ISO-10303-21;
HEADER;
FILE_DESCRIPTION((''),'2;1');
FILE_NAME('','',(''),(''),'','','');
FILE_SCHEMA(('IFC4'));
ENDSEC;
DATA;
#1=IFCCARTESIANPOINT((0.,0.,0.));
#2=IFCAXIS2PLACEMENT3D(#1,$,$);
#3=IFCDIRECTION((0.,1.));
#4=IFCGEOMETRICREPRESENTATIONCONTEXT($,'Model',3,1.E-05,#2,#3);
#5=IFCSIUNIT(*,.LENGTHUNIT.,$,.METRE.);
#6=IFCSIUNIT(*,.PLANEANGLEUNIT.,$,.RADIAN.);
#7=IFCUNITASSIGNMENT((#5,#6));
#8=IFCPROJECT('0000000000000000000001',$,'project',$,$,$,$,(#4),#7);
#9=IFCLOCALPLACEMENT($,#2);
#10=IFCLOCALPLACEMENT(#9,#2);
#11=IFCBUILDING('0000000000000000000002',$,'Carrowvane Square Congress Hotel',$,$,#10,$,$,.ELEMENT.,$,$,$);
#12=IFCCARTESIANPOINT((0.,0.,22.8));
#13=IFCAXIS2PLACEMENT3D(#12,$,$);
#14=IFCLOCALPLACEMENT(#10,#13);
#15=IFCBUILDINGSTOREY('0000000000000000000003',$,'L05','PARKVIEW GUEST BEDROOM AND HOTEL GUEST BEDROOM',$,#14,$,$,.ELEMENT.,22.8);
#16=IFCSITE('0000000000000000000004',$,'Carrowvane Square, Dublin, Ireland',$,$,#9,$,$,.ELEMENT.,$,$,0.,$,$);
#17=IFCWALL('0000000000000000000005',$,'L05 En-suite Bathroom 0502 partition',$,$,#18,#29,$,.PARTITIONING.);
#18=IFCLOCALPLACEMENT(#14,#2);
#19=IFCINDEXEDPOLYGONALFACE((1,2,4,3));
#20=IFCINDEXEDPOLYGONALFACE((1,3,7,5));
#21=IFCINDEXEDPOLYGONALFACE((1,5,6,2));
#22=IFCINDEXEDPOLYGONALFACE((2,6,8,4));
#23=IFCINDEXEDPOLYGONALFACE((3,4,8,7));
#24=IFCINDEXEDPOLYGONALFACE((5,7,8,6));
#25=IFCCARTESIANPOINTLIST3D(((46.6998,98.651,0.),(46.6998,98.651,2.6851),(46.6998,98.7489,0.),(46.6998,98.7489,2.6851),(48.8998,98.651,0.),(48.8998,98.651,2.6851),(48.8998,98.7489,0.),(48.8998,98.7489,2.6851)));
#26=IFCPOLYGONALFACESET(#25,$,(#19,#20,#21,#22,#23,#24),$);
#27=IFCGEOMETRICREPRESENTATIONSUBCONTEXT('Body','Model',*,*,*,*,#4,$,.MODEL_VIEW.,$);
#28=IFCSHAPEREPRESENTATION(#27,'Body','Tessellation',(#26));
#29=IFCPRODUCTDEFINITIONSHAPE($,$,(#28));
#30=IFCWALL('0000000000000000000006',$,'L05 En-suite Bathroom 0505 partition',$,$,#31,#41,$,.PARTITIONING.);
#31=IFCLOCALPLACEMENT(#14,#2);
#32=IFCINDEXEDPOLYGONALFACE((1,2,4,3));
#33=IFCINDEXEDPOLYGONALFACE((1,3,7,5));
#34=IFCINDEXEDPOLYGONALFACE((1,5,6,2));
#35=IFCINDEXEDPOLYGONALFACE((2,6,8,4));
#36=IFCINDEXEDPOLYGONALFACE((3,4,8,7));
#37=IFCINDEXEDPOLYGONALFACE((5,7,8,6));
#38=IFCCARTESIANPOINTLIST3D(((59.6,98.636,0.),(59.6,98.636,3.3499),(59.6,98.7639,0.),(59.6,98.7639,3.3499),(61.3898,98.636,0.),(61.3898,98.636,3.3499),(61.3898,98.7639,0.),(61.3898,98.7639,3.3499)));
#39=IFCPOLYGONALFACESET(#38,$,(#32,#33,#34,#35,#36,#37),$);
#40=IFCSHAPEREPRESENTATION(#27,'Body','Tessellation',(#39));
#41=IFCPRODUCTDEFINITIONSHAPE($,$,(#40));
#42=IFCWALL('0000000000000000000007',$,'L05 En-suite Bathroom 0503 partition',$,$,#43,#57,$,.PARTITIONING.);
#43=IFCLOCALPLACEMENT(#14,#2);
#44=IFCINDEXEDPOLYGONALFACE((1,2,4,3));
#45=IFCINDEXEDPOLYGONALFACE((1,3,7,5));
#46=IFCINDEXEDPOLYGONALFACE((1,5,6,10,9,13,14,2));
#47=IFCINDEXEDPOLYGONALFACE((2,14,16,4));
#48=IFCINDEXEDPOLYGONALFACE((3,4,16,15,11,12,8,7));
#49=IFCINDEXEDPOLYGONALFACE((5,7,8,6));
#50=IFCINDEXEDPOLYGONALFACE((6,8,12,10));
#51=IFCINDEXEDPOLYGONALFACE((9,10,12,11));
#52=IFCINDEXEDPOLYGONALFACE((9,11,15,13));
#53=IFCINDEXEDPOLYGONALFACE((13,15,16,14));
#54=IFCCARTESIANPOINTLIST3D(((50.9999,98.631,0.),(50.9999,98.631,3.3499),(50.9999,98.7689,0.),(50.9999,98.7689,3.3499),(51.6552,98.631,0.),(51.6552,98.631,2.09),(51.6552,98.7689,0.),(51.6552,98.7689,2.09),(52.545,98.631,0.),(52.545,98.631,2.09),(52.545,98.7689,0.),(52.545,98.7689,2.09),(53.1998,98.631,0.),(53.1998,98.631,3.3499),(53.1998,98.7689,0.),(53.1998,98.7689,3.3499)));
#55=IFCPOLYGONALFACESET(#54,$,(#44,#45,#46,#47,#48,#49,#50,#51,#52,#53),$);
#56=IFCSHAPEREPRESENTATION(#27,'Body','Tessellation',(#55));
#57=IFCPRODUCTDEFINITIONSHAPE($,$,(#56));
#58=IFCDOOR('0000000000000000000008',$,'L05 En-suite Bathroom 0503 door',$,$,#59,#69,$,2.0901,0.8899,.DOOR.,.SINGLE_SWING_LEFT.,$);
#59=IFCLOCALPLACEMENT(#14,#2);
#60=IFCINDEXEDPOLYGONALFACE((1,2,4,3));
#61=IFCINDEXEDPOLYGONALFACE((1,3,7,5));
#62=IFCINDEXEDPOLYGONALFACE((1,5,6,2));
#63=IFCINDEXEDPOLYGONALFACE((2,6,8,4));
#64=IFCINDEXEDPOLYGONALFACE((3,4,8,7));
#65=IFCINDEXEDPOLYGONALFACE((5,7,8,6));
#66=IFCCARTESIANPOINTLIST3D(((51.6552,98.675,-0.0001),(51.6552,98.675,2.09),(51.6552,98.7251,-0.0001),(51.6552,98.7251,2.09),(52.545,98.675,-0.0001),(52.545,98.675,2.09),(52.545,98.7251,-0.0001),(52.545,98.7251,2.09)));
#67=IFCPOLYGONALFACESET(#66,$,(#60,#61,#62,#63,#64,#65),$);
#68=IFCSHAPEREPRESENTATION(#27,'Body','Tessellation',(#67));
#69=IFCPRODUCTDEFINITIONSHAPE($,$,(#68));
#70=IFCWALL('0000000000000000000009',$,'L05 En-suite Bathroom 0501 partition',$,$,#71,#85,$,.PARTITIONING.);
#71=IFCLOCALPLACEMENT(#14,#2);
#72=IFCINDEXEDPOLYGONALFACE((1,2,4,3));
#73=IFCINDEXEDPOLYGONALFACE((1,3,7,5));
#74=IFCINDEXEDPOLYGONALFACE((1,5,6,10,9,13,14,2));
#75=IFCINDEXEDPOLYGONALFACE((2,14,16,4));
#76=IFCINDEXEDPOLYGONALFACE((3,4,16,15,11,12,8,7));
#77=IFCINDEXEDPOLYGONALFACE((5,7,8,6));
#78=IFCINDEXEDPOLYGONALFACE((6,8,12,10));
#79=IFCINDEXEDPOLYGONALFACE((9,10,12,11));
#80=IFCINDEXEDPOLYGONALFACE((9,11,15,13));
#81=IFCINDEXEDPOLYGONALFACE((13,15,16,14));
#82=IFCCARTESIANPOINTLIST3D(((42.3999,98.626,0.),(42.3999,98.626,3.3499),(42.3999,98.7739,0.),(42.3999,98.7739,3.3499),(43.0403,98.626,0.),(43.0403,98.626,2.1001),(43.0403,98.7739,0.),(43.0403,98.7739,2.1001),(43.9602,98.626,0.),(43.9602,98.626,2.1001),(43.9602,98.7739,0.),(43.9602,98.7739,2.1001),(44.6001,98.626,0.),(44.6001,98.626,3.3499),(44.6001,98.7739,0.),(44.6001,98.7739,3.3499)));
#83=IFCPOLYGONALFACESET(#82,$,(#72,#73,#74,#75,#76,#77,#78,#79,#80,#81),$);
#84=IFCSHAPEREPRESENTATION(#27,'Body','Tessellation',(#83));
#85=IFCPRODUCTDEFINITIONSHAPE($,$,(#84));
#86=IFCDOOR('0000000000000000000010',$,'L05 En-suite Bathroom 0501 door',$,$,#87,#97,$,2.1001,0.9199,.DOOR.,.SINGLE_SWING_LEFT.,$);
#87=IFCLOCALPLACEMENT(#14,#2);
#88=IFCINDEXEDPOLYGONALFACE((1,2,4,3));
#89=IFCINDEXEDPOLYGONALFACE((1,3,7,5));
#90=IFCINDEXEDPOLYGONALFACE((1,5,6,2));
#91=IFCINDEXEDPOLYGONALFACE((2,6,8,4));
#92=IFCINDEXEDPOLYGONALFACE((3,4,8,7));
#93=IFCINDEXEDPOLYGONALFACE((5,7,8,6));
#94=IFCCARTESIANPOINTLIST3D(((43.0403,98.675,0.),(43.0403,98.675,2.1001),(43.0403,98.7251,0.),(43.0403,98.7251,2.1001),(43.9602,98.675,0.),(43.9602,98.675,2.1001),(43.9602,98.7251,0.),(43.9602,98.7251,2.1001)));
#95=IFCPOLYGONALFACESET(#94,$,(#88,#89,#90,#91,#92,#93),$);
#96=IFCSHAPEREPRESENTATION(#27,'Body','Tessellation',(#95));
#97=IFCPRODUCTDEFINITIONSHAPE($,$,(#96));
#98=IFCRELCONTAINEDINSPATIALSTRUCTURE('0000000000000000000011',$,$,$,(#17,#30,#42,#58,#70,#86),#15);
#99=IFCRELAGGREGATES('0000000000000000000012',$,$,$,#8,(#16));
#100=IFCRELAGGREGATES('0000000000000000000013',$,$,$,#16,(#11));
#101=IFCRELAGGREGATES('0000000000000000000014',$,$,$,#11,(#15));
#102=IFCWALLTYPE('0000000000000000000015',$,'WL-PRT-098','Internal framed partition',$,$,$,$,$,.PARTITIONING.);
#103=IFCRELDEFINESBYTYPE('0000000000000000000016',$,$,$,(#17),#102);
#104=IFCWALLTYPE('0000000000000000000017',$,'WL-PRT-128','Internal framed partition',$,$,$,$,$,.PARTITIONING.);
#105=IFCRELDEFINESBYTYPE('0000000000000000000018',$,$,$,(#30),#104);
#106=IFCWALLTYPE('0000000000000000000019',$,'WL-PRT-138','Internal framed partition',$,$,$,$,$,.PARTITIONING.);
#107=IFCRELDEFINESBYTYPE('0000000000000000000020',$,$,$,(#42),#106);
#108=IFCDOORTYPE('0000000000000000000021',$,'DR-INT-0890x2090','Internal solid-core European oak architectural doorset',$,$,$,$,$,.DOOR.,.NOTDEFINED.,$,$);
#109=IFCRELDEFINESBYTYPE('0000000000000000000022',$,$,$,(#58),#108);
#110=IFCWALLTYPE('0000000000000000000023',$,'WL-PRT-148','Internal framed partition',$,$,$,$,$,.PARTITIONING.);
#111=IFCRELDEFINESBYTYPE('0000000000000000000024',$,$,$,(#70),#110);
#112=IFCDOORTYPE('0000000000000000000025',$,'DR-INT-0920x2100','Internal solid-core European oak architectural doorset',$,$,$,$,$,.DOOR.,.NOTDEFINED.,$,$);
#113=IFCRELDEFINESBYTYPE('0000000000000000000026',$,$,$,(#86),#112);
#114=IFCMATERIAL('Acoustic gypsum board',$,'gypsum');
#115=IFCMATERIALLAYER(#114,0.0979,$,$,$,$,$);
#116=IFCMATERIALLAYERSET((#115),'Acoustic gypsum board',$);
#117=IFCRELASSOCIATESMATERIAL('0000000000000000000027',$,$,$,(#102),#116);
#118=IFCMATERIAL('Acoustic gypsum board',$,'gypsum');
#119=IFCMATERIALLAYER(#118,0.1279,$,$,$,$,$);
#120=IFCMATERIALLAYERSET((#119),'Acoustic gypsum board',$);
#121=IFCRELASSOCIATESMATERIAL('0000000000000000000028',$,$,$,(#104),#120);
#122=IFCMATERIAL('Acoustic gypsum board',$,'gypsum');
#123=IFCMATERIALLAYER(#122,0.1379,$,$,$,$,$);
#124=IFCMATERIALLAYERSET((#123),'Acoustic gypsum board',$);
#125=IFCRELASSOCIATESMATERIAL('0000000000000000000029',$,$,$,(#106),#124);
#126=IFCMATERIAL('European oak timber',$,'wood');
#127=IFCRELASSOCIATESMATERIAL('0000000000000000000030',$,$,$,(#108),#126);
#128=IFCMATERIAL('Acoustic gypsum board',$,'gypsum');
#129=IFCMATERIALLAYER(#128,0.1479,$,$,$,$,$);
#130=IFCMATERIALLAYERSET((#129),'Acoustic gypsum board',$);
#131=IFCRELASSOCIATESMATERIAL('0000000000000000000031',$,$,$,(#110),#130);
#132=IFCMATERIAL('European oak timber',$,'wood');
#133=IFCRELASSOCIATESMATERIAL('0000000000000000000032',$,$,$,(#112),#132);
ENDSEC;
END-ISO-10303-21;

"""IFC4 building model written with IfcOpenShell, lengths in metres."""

from ifc_helpers import new_model, si_unit, direction, frame, frame_2d, origin, place, context, subcontext, project, spatial, rectangle, extrude, material, layer, layer_set, type_object, element, fill, save


model = new_model("IFC4")

# Units and contexts
model_context = context("Model", 3, precision=1e-05, world=origin(), true_north=direction((0.0, 1.0)))
body_context = subcontext(model_context, "Body", "Model", "MODEL_VIEW")
ifc_project = project(units=[si_unit("LENGTHUNIT", "METRE"), si_unit("PLANEANGLEUNIT", "RADIAN")], contexts=[model_context])

# Site, building, storey
site_placement = place(None, origin())
site = spatial("IfcSite", under=ifc_project, at=site_placement, Name="Carrowvane Square, Dublin, Ireland", CompositionType="ELEMENT", RefElevation=0.0)
building_placement = place(site_placement, origin())
building = spatial("IfcBuilding", under=site, at=building_placement, Name="Carrowvane Square Congress Hotel", CompositionType="ELEMENT")
storey_placement = place(building_placement, frame((0.0, 0.0, 22.8)))
storey = spatial("IfcBuildingStorey", under=building, at=storey_placement, Name="L05", Description="PARKVIEW GUEST BEDROOM AND HOTEL GUEST BEDROOM", CompositionType="ELEMENT", Elevation=22.8)

# Walls
ifc_material_1 = material(Name="Acoustic gypsum board", Category="gypsum")
ifc_layer_1 = layer(ifc_material_1, 0.0979)
ifc_layer_set_1 = layer_set([ifc_layer_1], Name="Acoustic gypsum board")
wall_type_1 = type_object("IfcWallType", Name="WL-PRT-098", Description="Internal framed partition", PredefinedType="PARTITIONING", material=ifc_layer_set_1)
wall_1_placement = place(storey_placement, frame((48.8999, 98.7, 0.0), z_axis=(0.0, 0.0, 1.0), x_axis=(-1.0, 0.0, 0.0)))
element("IfcWall", 1, at=wall_1_placement, inside=storey, type_object=wall_type_1, Name="L05 En-suite Bathroom 0502 partition", PredefinedType="PARTITIONING", context=body_context, shape_type="SweptSolid", body=[
    extrude(rectangle(XDim=2.2, YDim=0.0979, at=frame_2d((1.1001, 0.0))), origin(), (0.0, 0.0, 1.0), 2.6851),
])
ifc_material_2 = material(Name="Acoustic gypsum board", Category="gypsum")
ifc_layer_2 = layer(ifc_material_2, 0.1279)
ifc_layer_set_2 = layer_set([ifc_layer_2], Name="Acoustic gypsum board")
wall_type_2 = type_object("IfcWallType", Name="WL-PRT-128", Description="Internal framed partition", PredefinedType="PARTITIONING", material=ifc_layer_set_2)
wall_2_placement = place(storey_placement, frame((61.3899, 98.7, 0.0), z_axis=(0.0, 0.0, 1.0), x_axis=(-1.0, 0.0, 0.0)))
element("IfcWall", 2, at=wall_2_placement, inside=storey, type_object=wall_type_2, Name="L05 En-suite Bathroom 0505 partition", PredefinedType="PARTITIONING", context=body_context, shape_type="SweptSolid", body=[
    extrude(rectangle(XDim=1.7898, YDim=0.1279, at=frame_2d((0.895, 0.0))), origin(), (0.0, 0.0, 1.0), 3.3499),
])

# Walls, openings, doors
ifc_material_3 = material(Name="Acoustic gypsum board", Category="gypsum")
ifc_layer_3 = layer(ifc_material_3, 0.1379)
ifc_layer_set_3 = layer_set([ifc_layer_3], Name="Acoustic gypsum board")
wall_type_3 = type_object("IfcWallType", Name="WL-PRT-138", Description="Internal framed partition", PredefinedType="PARTITIONING", material=ifc_layer_set_3)
wall_3_placement = place(storey_placement, frame((53.2, 98.7, 0.0), z_axis=(0.0, 0.0, 1.0), x_axis=(-1.0, 0.0, 0.0)))
wall_3 = element("IfcWall", 3, at=wall_3_placement, inside=storey, type_object=wall_type_3, Name="L05 En-suite Bathroom 0503 partition", PredefinedType="PARTITIONING", context=body_context, shape_type="SweptSolid", body=[
    extrude(rectangle(XDim=2.2, YDim=0.1379, at=frame_2d((1.1001, 0.0))), origin(), (0.0, 0.0, 1.0), 3.3499),
])
opening_1_placement = place(wall_3_placement, frame((0.655, 0.0, 0.0)))
opening_1 = element("IfcOpeningElement", 4, at=opening_1_placement, cuts=wall_3, PredefinedType="OPENING", context=body_context, shape_type="SweptSolid", body=[
    extrude(rectangle(XDim=0.8899, YDim=2.0901, at=frame_2d((0.4448, 1.0449))), frame((0.0, 0.0789, 0.0), z_axis=(0.0, -1.0, 0.0), x_axis=(1.0, 0.0, 0.0)), (0.0, 0.0, 1.0), 0.158),
])
ifc_material_4 = material(Name="European oak timber", Category="wood")
door_type_1 = type_object("IfcDoorType", Name="DR-INT-0890x2090", Description="Internal solid-core European oak architectural doorset", OperationType="NOTDEFINED", PredefinedType="DOOR", material=ifc_material_4)
door_1_placement = place(opening_1_placement, origin())
door_1 = element("IfcDoor", 5, at=door_1_placement, inside=storey, type_object=door_type_1, Name="L05 En-suite Bathroom 0503 door", OperationType="SINGLE_SWING_LEFT", OverallHeight=2.0901, OverallWidth=0.8899, PredefinedType="DOOR", context=body_context, shape_type="SweptSolid", body=[
    extrude(rectangle(XDim=0.8899, YDim=2.0901, at=frame_2d((0.4448, 1.0449))), frame((0.0, 0.0249, 0.0), z_axis=(0.0, -1.0, 0.0), x_axis=(1.0, 0.0, 0.0)), (0.0, 0.0, 1.0), 0.05),
])
fill(opening_1, door_1)
ifc_material_5 = material(Name="Acoustic gypsum board", Category="gypsum")
ifc_layer_4 = layer(ifc_material_5, 0.1479)
ifc_layer_set_4 = layer_set([ifc_layer_4], Name="Acoustic gypsum board")
wall_type_4 = type_object("IfcWallType", Name="WL-PRT-148", Description="Internal framed partition", PredefinedType="PARTITIONING", material=ifc_layer_set_4)
wall_4_placement = place(storey_placement, frame((44.6001, 98.7, 0.0), z_axis=(0.0, 0.0, 1.0), x_axis=(-1.0, 0.0, 0.0)))
wall_4 = element("IfcWall", 6, at=wall_4_placement, inside=storey, type_object=wall_type_4, Name="L05 En-suite Bathroom 0501 partition", PredefinedType="PARTITIONING", context=body_context, shape_type="SweptSolid", body=[
    extrude(rectangle(XDim=2.2002, YDim=0.1479, at=frame_2d((1.1001, 0.0))), origin(), (0.0, 0.0, 1.0), 3.3499),
])
opening_2_placement = place(wall_4_placement, frame((0.6399, 0.0, 0.0)))
opening_2 = element("IfcOpeningElement", 7, at=opening_2_placement, cuts=wall_4, PredefinedType="OPENING", context=body_context, shape_type="SweptSolid", body=[
    extrude(rectangle(XDim=0.9199, YDim=2.1001, at=frame_2d((0.46, 1.05))), frame((0.0, 0.084, 0.0), z_axis=(0.0, -1.0, 0.0), x_axis=(1.0, 0.0, 0.0)), (0.0, 0.0, 1.0), 0.168),
])
ifc_material_6 = material(Name="European oak timber", Category="wood")
door_type_2 = type_object("IfcDoorType", Name="DR-INT-0920x2100", Description="Internal solid-core European oak architectural doorset", OperationType="NOTDEFINED", PredefinedType="DOOR", material=ifc_material_6)
door_2_placement = place(opening_2_placement, origin())
door_2 = element("IfcDoor", 8, at=door_2_placement, inside=storey, type_object=door_type_2, Name="L05 En-suite Bathroom 0501 door", OperationType="SINGLE_SWING_LEFT", OverallHeight=2.1001, OverallWidth=0.9199, PredefinedType="DOOR", context=body_context, shape_type="SweptSolid", body=[
    extrude(rectangle(XDim=0.9199, YDim=2.1001, at=frame_2d((0.46, 1.05))), frame((0.0, 0.0249, 0.0), z_axis=(0.0, -1.0, 0.0), x_axis=(1.0, 0.0, 0.0)), (0.0, 0.0, 1.0), 0.05),
])
fill(opening_2, door_2)

save(model, "model.ifc")
